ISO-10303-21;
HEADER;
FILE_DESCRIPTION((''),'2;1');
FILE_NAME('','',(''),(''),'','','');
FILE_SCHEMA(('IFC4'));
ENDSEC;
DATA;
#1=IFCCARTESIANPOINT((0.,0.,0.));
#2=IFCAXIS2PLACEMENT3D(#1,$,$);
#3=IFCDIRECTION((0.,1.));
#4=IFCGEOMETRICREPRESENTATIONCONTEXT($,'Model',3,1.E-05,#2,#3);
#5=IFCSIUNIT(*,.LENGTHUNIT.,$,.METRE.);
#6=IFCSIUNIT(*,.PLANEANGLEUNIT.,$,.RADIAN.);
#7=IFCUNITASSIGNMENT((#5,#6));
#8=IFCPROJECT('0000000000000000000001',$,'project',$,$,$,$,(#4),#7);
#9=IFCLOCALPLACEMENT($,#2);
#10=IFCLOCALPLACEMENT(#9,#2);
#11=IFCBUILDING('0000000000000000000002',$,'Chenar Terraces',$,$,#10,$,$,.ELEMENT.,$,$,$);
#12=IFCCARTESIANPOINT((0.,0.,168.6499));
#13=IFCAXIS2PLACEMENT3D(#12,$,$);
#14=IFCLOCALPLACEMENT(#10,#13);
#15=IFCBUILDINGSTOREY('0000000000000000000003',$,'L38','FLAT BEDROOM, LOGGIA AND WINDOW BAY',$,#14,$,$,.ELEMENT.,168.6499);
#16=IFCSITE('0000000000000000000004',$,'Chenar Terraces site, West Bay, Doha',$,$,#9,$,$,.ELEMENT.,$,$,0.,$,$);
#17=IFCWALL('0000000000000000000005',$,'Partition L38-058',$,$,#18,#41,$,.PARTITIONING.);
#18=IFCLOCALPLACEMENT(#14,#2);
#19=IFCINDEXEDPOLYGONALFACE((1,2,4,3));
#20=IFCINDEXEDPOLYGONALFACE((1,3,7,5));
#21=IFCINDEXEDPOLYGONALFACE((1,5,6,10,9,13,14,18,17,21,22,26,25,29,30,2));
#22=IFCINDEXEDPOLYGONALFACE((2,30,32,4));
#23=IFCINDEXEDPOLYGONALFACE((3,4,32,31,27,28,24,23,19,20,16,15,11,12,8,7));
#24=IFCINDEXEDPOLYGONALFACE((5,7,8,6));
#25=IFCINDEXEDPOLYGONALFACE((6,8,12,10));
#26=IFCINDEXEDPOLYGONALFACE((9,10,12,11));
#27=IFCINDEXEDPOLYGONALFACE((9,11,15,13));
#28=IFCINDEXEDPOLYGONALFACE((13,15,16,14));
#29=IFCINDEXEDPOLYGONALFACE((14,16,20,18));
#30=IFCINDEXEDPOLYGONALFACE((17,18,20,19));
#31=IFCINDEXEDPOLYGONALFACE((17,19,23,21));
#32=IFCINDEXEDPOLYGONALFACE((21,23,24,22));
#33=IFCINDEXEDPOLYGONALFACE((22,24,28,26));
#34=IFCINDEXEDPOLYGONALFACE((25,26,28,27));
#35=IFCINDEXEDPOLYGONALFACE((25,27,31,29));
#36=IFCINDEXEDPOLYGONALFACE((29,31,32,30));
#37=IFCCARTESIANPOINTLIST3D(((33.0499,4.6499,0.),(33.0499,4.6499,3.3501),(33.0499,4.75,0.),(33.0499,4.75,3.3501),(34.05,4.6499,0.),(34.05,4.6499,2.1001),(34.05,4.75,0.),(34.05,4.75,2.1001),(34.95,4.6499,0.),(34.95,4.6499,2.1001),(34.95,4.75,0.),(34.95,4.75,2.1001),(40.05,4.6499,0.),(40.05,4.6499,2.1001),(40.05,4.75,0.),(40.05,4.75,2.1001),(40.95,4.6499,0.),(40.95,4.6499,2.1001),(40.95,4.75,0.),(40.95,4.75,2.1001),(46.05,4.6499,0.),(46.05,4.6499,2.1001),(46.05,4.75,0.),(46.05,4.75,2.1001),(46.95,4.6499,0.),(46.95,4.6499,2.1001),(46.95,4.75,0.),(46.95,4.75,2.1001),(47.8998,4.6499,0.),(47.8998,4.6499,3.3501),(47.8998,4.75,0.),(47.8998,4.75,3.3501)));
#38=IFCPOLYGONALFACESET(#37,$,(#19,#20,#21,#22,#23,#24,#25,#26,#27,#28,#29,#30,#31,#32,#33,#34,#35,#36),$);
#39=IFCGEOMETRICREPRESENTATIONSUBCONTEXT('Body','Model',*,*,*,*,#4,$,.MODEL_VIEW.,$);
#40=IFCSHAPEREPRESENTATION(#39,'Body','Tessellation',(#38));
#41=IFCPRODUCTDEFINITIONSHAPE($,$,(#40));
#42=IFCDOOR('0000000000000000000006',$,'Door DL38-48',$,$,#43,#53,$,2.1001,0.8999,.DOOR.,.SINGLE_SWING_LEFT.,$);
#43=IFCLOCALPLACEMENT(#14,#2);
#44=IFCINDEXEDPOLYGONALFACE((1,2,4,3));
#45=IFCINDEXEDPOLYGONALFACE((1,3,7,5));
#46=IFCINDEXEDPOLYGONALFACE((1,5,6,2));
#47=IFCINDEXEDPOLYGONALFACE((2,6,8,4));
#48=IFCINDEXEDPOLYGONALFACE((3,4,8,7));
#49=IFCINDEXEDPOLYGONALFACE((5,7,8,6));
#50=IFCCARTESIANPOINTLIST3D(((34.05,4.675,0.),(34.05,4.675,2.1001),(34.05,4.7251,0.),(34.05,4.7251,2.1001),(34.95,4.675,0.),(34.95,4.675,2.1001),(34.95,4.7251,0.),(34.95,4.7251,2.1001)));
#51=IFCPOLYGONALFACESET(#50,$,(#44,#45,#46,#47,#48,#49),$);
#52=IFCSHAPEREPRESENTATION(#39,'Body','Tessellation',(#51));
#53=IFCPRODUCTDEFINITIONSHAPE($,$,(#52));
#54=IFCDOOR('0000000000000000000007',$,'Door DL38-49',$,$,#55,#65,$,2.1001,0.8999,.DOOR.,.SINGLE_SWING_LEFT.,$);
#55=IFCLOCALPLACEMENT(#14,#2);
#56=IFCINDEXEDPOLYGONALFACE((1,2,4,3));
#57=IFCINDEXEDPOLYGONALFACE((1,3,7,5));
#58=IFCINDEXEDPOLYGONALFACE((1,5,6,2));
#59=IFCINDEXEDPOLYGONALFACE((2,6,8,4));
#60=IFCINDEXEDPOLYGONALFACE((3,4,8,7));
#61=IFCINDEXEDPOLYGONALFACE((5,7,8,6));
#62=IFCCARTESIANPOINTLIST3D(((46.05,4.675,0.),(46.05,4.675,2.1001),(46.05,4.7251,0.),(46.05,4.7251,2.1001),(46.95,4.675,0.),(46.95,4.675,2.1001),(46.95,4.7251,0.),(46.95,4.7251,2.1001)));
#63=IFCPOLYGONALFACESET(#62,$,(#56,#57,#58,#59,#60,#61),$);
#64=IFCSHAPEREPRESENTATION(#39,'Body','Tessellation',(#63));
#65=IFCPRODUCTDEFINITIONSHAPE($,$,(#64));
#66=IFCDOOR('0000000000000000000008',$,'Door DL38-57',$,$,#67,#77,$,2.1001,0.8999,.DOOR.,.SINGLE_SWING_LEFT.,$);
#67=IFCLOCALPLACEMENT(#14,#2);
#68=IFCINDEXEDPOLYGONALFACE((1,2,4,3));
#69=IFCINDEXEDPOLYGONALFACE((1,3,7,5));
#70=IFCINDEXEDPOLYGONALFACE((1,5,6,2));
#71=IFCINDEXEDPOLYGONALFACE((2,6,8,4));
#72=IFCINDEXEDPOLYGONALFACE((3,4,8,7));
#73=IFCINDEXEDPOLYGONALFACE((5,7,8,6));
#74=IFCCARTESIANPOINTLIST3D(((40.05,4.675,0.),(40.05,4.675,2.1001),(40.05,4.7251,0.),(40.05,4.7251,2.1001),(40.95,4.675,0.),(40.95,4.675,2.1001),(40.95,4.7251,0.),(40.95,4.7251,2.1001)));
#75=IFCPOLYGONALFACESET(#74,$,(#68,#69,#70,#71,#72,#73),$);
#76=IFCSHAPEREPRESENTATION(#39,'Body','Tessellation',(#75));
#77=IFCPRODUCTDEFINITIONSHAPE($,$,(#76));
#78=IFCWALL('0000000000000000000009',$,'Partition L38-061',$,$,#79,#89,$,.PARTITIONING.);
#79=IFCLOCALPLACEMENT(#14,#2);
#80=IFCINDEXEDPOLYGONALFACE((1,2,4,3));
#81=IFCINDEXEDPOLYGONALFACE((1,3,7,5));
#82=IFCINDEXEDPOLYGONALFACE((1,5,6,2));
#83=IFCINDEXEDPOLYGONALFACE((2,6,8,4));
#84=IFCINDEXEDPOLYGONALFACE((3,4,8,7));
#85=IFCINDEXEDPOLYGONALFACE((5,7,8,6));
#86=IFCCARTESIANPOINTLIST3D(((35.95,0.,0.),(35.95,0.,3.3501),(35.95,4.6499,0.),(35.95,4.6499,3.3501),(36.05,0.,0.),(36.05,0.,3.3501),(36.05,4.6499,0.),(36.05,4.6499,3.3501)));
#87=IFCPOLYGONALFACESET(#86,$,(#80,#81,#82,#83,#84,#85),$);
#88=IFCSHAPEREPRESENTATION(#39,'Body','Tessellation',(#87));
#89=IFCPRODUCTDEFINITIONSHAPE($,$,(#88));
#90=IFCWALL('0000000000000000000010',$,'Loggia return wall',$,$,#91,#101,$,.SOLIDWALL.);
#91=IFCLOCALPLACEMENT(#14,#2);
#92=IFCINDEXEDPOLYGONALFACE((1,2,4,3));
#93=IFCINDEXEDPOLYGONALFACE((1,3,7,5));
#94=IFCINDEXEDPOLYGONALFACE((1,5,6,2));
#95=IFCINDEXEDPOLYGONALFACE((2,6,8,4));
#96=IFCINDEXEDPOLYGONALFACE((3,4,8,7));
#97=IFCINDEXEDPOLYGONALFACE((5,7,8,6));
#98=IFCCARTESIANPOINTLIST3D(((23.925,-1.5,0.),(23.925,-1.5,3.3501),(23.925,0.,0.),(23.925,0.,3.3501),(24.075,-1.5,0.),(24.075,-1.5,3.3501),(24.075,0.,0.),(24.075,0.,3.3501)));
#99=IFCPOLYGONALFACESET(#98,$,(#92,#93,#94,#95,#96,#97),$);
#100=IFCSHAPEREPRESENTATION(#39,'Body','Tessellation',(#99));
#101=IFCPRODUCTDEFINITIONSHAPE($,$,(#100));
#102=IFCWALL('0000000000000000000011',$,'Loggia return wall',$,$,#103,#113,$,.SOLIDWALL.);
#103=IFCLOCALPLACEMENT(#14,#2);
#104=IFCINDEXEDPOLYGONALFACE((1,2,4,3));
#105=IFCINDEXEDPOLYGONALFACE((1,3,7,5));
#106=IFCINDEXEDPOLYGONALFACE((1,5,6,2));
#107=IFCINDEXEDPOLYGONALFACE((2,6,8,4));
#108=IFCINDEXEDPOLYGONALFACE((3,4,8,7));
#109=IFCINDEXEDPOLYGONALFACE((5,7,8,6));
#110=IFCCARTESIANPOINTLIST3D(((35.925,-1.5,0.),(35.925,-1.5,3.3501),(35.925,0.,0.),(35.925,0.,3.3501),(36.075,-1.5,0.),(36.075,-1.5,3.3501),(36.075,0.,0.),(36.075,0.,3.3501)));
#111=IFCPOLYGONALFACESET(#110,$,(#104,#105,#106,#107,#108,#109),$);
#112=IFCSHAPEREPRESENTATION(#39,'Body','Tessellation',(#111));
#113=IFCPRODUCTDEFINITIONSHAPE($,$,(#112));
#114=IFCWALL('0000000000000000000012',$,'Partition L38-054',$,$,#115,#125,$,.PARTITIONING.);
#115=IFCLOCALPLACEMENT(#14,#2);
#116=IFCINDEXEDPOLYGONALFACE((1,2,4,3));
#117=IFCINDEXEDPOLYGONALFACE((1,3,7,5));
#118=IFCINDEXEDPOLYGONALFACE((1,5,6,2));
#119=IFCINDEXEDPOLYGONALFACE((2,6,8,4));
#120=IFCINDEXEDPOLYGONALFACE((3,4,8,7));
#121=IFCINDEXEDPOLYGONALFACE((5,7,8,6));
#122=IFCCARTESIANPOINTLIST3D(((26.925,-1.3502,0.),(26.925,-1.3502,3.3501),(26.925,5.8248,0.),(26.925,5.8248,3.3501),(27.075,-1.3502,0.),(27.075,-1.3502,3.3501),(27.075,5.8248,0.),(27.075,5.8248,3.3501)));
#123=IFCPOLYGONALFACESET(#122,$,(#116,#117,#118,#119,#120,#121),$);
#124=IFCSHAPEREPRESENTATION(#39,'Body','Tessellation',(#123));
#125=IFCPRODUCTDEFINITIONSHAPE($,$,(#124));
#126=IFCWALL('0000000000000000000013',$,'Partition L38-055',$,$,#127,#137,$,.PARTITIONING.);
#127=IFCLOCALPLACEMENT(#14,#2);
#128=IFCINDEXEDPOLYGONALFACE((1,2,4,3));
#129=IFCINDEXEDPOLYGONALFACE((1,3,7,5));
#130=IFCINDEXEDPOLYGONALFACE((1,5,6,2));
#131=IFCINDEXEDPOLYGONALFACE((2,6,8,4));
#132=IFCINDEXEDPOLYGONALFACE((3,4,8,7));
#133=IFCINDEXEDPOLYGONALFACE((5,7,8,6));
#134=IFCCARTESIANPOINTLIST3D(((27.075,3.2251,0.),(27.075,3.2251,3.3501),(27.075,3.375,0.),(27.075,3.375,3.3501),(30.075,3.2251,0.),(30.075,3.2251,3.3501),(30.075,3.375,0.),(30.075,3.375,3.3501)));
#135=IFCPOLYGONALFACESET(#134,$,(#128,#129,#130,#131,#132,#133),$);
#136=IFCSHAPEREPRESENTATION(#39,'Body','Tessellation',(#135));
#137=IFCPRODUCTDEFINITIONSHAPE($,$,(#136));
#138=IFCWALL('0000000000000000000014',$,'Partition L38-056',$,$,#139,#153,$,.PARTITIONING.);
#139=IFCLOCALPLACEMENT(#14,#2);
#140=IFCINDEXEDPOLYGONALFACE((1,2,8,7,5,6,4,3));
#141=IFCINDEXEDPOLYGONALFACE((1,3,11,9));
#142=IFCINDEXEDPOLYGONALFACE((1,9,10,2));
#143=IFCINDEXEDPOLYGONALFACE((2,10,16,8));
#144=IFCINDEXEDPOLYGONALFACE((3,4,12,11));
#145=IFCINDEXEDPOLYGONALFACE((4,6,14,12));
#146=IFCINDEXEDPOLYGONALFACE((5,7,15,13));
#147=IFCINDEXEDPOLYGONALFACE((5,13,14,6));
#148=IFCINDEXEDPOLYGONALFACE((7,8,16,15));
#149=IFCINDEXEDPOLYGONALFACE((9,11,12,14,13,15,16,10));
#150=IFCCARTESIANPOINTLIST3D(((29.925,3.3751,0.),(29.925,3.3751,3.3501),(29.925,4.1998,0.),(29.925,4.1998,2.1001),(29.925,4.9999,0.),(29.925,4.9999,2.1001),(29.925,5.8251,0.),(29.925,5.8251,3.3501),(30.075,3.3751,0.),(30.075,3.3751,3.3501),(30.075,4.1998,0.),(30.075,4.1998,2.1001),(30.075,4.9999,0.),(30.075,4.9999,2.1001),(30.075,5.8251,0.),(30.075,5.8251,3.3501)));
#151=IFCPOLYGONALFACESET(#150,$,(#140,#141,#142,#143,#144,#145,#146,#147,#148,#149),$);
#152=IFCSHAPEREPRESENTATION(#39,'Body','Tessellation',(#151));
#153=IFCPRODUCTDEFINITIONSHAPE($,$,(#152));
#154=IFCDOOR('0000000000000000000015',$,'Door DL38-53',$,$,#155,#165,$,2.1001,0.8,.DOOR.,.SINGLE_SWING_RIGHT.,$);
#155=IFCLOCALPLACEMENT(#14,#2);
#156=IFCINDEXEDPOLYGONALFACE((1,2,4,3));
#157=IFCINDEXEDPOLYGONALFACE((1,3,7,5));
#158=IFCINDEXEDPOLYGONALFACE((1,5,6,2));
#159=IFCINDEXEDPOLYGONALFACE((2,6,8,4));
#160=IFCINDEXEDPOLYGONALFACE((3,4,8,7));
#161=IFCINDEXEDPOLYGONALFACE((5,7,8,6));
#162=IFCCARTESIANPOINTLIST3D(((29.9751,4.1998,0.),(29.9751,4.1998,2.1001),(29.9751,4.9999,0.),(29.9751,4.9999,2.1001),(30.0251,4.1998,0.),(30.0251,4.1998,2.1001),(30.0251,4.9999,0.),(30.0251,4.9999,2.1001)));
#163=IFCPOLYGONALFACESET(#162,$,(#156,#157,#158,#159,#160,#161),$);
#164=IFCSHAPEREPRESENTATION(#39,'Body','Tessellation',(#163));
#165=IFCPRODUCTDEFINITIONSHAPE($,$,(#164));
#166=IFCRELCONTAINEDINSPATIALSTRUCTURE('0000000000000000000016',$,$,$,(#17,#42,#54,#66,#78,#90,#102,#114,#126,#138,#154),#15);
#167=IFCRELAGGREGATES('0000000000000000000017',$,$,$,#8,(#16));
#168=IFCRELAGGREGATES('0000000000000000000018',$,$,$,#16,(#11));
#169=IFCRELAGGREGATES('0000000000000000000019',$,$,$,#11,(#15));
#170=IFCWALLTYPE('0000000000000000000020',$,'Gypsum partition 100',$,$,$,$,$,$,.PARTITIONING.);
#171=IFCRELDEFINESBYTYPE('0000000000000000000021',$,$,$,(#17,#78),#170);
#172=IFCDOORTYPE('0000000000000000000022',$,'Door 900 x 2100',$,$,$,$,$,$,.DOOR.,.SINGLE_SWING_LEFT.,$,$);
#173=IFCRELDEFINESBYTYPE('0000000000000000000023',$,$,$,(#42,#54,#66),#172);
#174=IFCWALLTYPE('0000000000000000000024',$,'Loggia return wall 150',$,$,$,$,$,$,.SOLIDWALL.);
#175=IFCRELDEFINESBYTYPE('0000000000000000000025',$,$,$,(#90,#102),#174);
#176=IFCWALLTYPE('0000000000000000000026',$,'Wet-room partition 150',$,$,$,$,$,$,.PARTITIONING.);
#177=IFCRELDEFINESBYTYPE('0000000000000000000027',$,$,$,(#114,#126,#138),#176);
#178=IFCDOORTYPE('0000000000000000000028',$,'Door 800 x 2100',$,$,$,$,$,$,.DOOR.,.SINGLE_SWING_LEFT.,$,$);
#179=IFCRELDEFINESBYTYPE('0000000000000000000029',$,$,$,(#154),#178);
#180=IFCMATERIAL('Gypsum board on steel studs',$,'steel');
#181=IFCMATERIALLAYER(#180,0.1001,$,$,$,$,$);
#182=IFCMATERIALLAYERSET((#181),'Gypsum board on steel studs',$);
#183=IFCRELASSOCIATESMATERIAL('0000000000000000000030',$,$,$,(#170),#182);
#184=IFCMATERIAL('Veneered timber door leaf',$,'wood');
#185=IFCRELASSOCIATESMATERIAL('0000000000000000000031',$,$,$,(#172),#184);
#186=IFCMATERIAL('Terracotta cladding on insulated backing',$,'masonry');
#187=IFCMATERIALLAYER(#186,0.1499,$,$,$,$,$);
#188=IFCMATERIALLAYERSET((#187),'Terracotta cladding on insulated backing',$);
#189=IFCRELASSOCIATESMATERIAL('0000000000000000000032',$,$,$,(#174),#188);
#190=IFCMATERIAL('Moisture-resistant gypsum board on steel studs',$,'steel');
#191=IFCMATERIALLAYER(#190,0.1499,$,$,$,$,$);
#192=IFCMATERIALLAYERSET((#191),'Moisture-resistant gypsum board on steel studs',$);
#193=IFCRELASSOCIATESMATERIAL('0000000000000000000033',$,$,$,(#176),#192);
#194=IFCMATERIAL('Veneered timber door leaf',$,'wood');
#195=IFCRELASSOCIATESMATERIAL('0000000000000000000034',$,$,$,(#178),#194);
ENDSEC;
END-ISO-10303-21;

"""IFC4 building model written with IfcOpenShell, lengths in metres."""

from ifc_helpers import new_model, si_unit, direction, frame, frame_2d, origin, place, context, subcontext, project, spatial, rectangle, extrude, material, layer, layer_set, type_object, element, fill, save


model = new_model("IFC4")

# Units and contexts
model_context = context("Model", 3, precision=1e-05, world=origin(), true_north=direction((0.0, 1.0)))
body_context = subcontext(model_context, "Body", "Model", "MODEL_VIEW")
ifc_project = project(units=[si_unit("LENGTHUNIT", "METRE"), si_unit("PLANEANGLEUNIT", "RADIAN")], contexts=[model_context])

# Site, building, storey
site_placement = place(None, origin())
site = spatial("IfcSite", under=ifc_project, at=site_placement, Name="Chenar Terraces site, West Bay, Doha", CompositionType="ELEMENT", RefElevation=0.0)
building_placement = place(site_placement, origin())
building = spatial("IfcBuilding", under=site, at=building_placement, Name="Chenar Terraces", CompositionType="ELEMENT")
storey_placement = place(building_placement, frame((0.0, 0.0, 168.6499)))
storey = spatial("IfcBuildingStorey", under=building, at=storey_placement, Name="L38", Description="FLAT BEDROOM, LOGGIA AND WINDOW BAY", CompositionType="ELEMENT", Elevation=168.6499)

# Shared definitions
ifc_material_1 = material(Name="Gypsum board on steel studs", Category="steel")
ifc_layer_1 = layer(ifc_material_1, 0.1001)
ifc_layer_set_1 = layer_set([ifc_layer_1], Name="Gypsum board on steel studs")
wall_type_1 = type_object("IfcWallType", Name="Gypsum partition 100", PredefinedType="PARTITIONING", material=ifc_layer_set_1)
ifc_material_2 = material(Name="Veneered timber door leaf", Category="wood")
door_type_1 = type_object("IfcDoorType", Name="Door 900 x 2100", OperationType="SINGLE_SWING_LEFT", PredefinedType="DOOR", material=ifc_material_2)

# Wall, openings, doors
wall_1_placement = place(storey_placement, frame((33.05, 4.7, 0.0), z_axis=(0.0, 0.0, 1.0), x_axis=(1.0, 0.0, 0.0)))
wall_1 = element("IfcWall", 1, at=wall_1_placement, inside=storey, type_object=wall_type_1, Name="Partition L38-058", PredefinedType="PARTITIONING", context=body_context, shape_type="SweptSolid", body=[
    extrude(rectangle(XDim=14.8499, YDim=0.1001, at=frame_2d((7.4248, 0.0))), origin(), (0.0, 0.0, 1.0), 3.3501),
])
opening_1_placement = place(wall_1_placement, frame((1.0, 0.0, 0.0)))
opening_1 = element("IfcOpeningElement", 2, at=opening_1_placement, cuts=wall_1, PredefinedType="OPENING", context=body_context, shape_type="SweptSolid", body=[
    extrude(rectangle(XDim=0.8999, YDim=2.1001, at=frame_2d((0.45, 1.05))), frame((0.0, 0.0601, 0.0), z_axis=(0.0, -1.0, 0.0), x_axis=(1.0, 0.0, 0.0)), (0.0, 0.0, 1.0), 0.1201),
])
opening_2_placement = place(wall_1_placement, frame((13.0, 0.0, 0.0)))
opening_2 = element("IfcOpeningElement", 3, at=opening_2_placement, cuts=wall_1, PredefinedType="OPENING", context=body_context, shape_type="SweptSolid", body=[
    extrude(rectangle(XDim=0.8999, YDim=2.1001, at=frame_2d((0.45, 1.05))), frame((0.0, 0.0601, 0.0), z_axis=(0.0, -1.0, 0.0), x_axis=(1.0, 0.0, 0.0)), (0.0, 0.0, 1.0), 0.1201),
])
opening_3_placement = place(wall_1_placement, frame((7.0, 0.0, 0.0)))
opening_3 = element("IfcOpeningElement", 4, at=opening_3_placement, cuts=wall_1, PredefinedType="OPENING", context=body_context, shape_type="SweptSolid", body=[
    extrude(rectangle(XDim=0.8999, YDim=2.1001, at=frame_2d((0.45, 1.05))), frame((0.0, 0.0601, 0.0), z_axis=(0.0, -1.0, 0.0), x_axis=(1.0, 0.0, 0.0)), (0.0, 0.0, 1.0), 0.1201),
])
door_1_placement = place(opening_1_placement, frame((0.8999, 0.0, 0.0), z_axis=(0.0, 0.0, 1.0), x_axis=(-1.0, 0.0, 0.0)))
door_1 = element("IfcDoor", 5, at=door_1_placement, inside=storey, type_object=door_type_1, Name="Door DL38-48", OperationType="SINGLE_SWING_LEFT", OverallHeight=2.1001, OverallWidth=0.8999, PredefinedType="DOOR", context=body_context, shape_type="SweptSolid", body=[
    extrude(rectangle(XDim=0.8999, YDim=2.1001, at=frame_2d((0.45, 1.05))), frame((0.0, 0.0249, 0.0), z_axis=(0.0, -1.0, 0.0), x_axis=(1.0, 0.0, 0.0)), (0.0, 0.0, 1.0), 0.05),
])
fill(opening_1, door_1)
door_2_placement = place(opening_2_placement, frame((0.8999, 0.0, 0.0), z_axis=(0.0, 0.0, 1.0), x_axis=(-1.0, 0.0, 0.0)))
door_2 = element("IfcDoor", 6, at=door_2_placement, inside=storey, type_object=door_type_1, Name="Door DL38-49", OperationType="SINGLE_SWING_LEFT", OverallHeight=2.1001, OverallWidth=0.8999, PredefinedType="DOOR", context=body_context, shape_type="SweptSolid", body=[
    extrude(rectangle(XDim=0.8999, YDim=2.1001, at=frame_2d((0.45, 1.05))), frame((0.0, 0.0249, 0.0), z_axis=(0.0, -1.0, 0.0), x_axis=(1.0, 0.0, 0.0)), (0.0, 0.0, 1.0), 0.05),
])
fill(opening_2, door_2)
door_3_placement = place(opening_3_placement, frame((0.8999, 0.0, 0.0), z_axis=(0.0, 0.0, 1.0), x_axis=(-1.0, 0.0, 0.0)))
door_3 = element("IfcDoor", 7, at=door_3_placement, inside=storey, type_object=door_type_1, Name="Door DL38-57", OperationType="SINGLE_SWING_LEFT", OverallHeight=2.1001, OverallWidth=0.8999, PredefinedType="DOOR", context=body_context, shape_type="SweptSolid", body=[
    extrude(rectangle(XDim=0.8999, YDim=2.1001, at=frame_2d((0.45, 1.05))), frame((0.0, 0.0249, 0.0), z_axis=(0.0, -1.0, 0.0), x_axis=(1.0, 0.0, 0.0)), (0.0, 0.0, 1.0), 0.05),
])
fill(opening_3, door_3)

# Walls
wall_2_placement = place(storey_placement, frame((36.0, 0.0, 0.0), z_axis=(0.0, 0.0, 1.0), x_axis=(0.0, 1.0, 0.0)))
element("IfcWall", 8, at=wall_2_placement, inside=storey, type_object=wall_type_1, Name="Partition L38-061", PredefinedType="PARTITIONING", context=body_context, shape_type="SweptSolid", body=[
    extrude(rectangle(XDim=4.6499, YDim=0.1001, at=frame_2d((2.325, 0.0))), origin(), (0.0, 0.0, 1.0), 3.3501),
])
ifc_material_3 = material(Name="Terracotta cladding on insulated backing", Category="masonry")
ifc_layer_2 = layer(ifc_material_3, 0.1499)
ifc_layer_set_2 = layer_set([ifc_layer_2], Name="Terracotta cladding on insulated backing")
wall_type_2 = type_object("IfcWallType", Name="Loggia return wall 150", PredefinedType="SOLIDWALL", material=ifc_layer_set_2)
for number, where, z_axis, x_axis, name in (
    (9, (24.0, -1.5, 0.0), (0.0, 0.0, 1.0), (0.0, 1.0, 0.0), "Loggia return wall"),
    (10, (36.0, -1.5, 0.0), (0.0, 0.0, 1.0), (0.0, 1.0, 0.0), "Loggia return wall"),
):
    element("IfcWall", number, at=place(storey_placement, frame(where, z_axis=z_axis, x_axis=x_axis)), inside=storey, type_object=wall_type_2, Name=name, PredefinedType="SOLIDWALL", context=body_context, shape_type="SweptSolid", body=[
        extrude(rectangle(XDim=1.5, YDim=0.1499, at=frame_2d((0.75, 0.0))), origin(), (0.0, 0.0, 1.0), 3.3501),
    ])
ifc_material_4 = material(Name="Moisture-resistant gypsum board on steel studs", Category="steel")
ifc_layer_3 = layer(ifc_material_4, 0.1499)
ifc_layer_set_3 = layer_set([ifc_layer_3], Name="Moisture-resistant gypsum board on steel studs")
wall_type_3 = type_object("IfcWallType", Name="Wet-room partition 150", PredefinedType="PARTITIONING", material=ifc_layer_set_3)
wall_3_placement = place(storey_placement, frame((27.0, -1.3501, 0.0), z_axis=(0.0, 0.0, 1.0), x_axis=(0.0, 1.0, 0.0)))
element("IfcWall", 11, at=wall_3_placement, inside=storey, type_object=wall_type_3, Name="Partition L38-054", PredefinedType="PARTITIONING", context=body_context, shape_type="SweptSolid", body=[
    extrude(rectangle(XDim=7.175, YDim=0.1499, at=frame_2d((3.5874, 0.0))), origin(), (0.0, 0.0, 1.0), 3.3501),
])
wall_4_placement = place(storey_placement, frame((27.075, 3.3, 0.0), z_axis=(0.0, 0.0, 1.0), x_axis=(1.0, 0.0, 0.0)))
element("IfcWall", 12, at=wall_4_placement, inside=storey, type_object=wall_type_3, Name="Partition L38-055", PredefinedType="PARTITIONING", context=body_context, shape_type="SweptSolid", body=[
    extrude(rectangle(XDim=3.0, YDim=0.1499, at=frame_2d((1.5, 0.0))), origin(), (0.0, 0.0, 1.0), 3.3501),
])

# Wall, opening, door
wall_5_placement = place(storey_placement, frame((30.0, 3.375, 0.0), z_axis=(0.0, 0.0, 1.0), x_axis=(0.0, 1.0, 0.0)))
wall_5 = element("IfcWall", 13, at=wall_5_placement, inside=storey, type_object=wall_type_3, Name="Partition L38-056", PredefinedType="PARTITIONING", context=body_context, shape_type="SweptSolid", body=[
    extrude(rectangle(XDim=2.45, YDim=0.1499, at=frame_2d((1.2251, 0.0))), origin(), (0.0, 0.0, 1.0), 3.3501),
])
opening_4_placement = place(wall_5_placement, frame((0.825, 0.0, 0.0)))
opening_4 = element("IfcOpeningElement", 14, at=opening_4_placement, cuts=wall_5, PredefinedType="OPENING", context=body_context, shape_type="SweptSolid", body=[
    extrude(rectangle(XDim=0.8, YDim=2.1001, at=frame_2d((0.3999, 1.05))), frame((0.0, 0.085, 0.0), z_axis=(0.0, -1.0, 0.0), x_axis=(1.0, 0.0, 0.0)), (0.0, 0.0, 1.0), 0.1699),
])
ifc_material_5 = material(Name="Veneered timber door leaf", Category="wood")
door_type_2 = type_object("IfcDoorType", Name="Door 800 x 2100", OperationType="SINGLE_SWING_LEFT", PredefinedType="DOOR", material=ifc_material_5)
door_4_placement = place(opening_4_placement, origin())
door_4 = element("IfcDoor", 15, at=door_4_placement, inside=storey, type_object=door_type_2, Name="Door DL38-53", OperationType="SINGLE_SWING_RIGHT", OverallHeight=2.1001, OverallWidth=0.8, PredefinedType="DOOR", context=body_context, shape_type="SweptSolid", body=[
    extrude(rectangle(XDim=0.8, YDim=2.1001, at=frame_2d((0.3999, 1.05))), frame((0.0, 0.0249, 0.0), z_axis=(0.0, -1.0, 0.0), x_axis=(1.0, 0.0, 0.0)), (0.0, 0.0, 1.0), 0.05),
])
fill(opening_4, door_4)

save(model, "model.ifc")
